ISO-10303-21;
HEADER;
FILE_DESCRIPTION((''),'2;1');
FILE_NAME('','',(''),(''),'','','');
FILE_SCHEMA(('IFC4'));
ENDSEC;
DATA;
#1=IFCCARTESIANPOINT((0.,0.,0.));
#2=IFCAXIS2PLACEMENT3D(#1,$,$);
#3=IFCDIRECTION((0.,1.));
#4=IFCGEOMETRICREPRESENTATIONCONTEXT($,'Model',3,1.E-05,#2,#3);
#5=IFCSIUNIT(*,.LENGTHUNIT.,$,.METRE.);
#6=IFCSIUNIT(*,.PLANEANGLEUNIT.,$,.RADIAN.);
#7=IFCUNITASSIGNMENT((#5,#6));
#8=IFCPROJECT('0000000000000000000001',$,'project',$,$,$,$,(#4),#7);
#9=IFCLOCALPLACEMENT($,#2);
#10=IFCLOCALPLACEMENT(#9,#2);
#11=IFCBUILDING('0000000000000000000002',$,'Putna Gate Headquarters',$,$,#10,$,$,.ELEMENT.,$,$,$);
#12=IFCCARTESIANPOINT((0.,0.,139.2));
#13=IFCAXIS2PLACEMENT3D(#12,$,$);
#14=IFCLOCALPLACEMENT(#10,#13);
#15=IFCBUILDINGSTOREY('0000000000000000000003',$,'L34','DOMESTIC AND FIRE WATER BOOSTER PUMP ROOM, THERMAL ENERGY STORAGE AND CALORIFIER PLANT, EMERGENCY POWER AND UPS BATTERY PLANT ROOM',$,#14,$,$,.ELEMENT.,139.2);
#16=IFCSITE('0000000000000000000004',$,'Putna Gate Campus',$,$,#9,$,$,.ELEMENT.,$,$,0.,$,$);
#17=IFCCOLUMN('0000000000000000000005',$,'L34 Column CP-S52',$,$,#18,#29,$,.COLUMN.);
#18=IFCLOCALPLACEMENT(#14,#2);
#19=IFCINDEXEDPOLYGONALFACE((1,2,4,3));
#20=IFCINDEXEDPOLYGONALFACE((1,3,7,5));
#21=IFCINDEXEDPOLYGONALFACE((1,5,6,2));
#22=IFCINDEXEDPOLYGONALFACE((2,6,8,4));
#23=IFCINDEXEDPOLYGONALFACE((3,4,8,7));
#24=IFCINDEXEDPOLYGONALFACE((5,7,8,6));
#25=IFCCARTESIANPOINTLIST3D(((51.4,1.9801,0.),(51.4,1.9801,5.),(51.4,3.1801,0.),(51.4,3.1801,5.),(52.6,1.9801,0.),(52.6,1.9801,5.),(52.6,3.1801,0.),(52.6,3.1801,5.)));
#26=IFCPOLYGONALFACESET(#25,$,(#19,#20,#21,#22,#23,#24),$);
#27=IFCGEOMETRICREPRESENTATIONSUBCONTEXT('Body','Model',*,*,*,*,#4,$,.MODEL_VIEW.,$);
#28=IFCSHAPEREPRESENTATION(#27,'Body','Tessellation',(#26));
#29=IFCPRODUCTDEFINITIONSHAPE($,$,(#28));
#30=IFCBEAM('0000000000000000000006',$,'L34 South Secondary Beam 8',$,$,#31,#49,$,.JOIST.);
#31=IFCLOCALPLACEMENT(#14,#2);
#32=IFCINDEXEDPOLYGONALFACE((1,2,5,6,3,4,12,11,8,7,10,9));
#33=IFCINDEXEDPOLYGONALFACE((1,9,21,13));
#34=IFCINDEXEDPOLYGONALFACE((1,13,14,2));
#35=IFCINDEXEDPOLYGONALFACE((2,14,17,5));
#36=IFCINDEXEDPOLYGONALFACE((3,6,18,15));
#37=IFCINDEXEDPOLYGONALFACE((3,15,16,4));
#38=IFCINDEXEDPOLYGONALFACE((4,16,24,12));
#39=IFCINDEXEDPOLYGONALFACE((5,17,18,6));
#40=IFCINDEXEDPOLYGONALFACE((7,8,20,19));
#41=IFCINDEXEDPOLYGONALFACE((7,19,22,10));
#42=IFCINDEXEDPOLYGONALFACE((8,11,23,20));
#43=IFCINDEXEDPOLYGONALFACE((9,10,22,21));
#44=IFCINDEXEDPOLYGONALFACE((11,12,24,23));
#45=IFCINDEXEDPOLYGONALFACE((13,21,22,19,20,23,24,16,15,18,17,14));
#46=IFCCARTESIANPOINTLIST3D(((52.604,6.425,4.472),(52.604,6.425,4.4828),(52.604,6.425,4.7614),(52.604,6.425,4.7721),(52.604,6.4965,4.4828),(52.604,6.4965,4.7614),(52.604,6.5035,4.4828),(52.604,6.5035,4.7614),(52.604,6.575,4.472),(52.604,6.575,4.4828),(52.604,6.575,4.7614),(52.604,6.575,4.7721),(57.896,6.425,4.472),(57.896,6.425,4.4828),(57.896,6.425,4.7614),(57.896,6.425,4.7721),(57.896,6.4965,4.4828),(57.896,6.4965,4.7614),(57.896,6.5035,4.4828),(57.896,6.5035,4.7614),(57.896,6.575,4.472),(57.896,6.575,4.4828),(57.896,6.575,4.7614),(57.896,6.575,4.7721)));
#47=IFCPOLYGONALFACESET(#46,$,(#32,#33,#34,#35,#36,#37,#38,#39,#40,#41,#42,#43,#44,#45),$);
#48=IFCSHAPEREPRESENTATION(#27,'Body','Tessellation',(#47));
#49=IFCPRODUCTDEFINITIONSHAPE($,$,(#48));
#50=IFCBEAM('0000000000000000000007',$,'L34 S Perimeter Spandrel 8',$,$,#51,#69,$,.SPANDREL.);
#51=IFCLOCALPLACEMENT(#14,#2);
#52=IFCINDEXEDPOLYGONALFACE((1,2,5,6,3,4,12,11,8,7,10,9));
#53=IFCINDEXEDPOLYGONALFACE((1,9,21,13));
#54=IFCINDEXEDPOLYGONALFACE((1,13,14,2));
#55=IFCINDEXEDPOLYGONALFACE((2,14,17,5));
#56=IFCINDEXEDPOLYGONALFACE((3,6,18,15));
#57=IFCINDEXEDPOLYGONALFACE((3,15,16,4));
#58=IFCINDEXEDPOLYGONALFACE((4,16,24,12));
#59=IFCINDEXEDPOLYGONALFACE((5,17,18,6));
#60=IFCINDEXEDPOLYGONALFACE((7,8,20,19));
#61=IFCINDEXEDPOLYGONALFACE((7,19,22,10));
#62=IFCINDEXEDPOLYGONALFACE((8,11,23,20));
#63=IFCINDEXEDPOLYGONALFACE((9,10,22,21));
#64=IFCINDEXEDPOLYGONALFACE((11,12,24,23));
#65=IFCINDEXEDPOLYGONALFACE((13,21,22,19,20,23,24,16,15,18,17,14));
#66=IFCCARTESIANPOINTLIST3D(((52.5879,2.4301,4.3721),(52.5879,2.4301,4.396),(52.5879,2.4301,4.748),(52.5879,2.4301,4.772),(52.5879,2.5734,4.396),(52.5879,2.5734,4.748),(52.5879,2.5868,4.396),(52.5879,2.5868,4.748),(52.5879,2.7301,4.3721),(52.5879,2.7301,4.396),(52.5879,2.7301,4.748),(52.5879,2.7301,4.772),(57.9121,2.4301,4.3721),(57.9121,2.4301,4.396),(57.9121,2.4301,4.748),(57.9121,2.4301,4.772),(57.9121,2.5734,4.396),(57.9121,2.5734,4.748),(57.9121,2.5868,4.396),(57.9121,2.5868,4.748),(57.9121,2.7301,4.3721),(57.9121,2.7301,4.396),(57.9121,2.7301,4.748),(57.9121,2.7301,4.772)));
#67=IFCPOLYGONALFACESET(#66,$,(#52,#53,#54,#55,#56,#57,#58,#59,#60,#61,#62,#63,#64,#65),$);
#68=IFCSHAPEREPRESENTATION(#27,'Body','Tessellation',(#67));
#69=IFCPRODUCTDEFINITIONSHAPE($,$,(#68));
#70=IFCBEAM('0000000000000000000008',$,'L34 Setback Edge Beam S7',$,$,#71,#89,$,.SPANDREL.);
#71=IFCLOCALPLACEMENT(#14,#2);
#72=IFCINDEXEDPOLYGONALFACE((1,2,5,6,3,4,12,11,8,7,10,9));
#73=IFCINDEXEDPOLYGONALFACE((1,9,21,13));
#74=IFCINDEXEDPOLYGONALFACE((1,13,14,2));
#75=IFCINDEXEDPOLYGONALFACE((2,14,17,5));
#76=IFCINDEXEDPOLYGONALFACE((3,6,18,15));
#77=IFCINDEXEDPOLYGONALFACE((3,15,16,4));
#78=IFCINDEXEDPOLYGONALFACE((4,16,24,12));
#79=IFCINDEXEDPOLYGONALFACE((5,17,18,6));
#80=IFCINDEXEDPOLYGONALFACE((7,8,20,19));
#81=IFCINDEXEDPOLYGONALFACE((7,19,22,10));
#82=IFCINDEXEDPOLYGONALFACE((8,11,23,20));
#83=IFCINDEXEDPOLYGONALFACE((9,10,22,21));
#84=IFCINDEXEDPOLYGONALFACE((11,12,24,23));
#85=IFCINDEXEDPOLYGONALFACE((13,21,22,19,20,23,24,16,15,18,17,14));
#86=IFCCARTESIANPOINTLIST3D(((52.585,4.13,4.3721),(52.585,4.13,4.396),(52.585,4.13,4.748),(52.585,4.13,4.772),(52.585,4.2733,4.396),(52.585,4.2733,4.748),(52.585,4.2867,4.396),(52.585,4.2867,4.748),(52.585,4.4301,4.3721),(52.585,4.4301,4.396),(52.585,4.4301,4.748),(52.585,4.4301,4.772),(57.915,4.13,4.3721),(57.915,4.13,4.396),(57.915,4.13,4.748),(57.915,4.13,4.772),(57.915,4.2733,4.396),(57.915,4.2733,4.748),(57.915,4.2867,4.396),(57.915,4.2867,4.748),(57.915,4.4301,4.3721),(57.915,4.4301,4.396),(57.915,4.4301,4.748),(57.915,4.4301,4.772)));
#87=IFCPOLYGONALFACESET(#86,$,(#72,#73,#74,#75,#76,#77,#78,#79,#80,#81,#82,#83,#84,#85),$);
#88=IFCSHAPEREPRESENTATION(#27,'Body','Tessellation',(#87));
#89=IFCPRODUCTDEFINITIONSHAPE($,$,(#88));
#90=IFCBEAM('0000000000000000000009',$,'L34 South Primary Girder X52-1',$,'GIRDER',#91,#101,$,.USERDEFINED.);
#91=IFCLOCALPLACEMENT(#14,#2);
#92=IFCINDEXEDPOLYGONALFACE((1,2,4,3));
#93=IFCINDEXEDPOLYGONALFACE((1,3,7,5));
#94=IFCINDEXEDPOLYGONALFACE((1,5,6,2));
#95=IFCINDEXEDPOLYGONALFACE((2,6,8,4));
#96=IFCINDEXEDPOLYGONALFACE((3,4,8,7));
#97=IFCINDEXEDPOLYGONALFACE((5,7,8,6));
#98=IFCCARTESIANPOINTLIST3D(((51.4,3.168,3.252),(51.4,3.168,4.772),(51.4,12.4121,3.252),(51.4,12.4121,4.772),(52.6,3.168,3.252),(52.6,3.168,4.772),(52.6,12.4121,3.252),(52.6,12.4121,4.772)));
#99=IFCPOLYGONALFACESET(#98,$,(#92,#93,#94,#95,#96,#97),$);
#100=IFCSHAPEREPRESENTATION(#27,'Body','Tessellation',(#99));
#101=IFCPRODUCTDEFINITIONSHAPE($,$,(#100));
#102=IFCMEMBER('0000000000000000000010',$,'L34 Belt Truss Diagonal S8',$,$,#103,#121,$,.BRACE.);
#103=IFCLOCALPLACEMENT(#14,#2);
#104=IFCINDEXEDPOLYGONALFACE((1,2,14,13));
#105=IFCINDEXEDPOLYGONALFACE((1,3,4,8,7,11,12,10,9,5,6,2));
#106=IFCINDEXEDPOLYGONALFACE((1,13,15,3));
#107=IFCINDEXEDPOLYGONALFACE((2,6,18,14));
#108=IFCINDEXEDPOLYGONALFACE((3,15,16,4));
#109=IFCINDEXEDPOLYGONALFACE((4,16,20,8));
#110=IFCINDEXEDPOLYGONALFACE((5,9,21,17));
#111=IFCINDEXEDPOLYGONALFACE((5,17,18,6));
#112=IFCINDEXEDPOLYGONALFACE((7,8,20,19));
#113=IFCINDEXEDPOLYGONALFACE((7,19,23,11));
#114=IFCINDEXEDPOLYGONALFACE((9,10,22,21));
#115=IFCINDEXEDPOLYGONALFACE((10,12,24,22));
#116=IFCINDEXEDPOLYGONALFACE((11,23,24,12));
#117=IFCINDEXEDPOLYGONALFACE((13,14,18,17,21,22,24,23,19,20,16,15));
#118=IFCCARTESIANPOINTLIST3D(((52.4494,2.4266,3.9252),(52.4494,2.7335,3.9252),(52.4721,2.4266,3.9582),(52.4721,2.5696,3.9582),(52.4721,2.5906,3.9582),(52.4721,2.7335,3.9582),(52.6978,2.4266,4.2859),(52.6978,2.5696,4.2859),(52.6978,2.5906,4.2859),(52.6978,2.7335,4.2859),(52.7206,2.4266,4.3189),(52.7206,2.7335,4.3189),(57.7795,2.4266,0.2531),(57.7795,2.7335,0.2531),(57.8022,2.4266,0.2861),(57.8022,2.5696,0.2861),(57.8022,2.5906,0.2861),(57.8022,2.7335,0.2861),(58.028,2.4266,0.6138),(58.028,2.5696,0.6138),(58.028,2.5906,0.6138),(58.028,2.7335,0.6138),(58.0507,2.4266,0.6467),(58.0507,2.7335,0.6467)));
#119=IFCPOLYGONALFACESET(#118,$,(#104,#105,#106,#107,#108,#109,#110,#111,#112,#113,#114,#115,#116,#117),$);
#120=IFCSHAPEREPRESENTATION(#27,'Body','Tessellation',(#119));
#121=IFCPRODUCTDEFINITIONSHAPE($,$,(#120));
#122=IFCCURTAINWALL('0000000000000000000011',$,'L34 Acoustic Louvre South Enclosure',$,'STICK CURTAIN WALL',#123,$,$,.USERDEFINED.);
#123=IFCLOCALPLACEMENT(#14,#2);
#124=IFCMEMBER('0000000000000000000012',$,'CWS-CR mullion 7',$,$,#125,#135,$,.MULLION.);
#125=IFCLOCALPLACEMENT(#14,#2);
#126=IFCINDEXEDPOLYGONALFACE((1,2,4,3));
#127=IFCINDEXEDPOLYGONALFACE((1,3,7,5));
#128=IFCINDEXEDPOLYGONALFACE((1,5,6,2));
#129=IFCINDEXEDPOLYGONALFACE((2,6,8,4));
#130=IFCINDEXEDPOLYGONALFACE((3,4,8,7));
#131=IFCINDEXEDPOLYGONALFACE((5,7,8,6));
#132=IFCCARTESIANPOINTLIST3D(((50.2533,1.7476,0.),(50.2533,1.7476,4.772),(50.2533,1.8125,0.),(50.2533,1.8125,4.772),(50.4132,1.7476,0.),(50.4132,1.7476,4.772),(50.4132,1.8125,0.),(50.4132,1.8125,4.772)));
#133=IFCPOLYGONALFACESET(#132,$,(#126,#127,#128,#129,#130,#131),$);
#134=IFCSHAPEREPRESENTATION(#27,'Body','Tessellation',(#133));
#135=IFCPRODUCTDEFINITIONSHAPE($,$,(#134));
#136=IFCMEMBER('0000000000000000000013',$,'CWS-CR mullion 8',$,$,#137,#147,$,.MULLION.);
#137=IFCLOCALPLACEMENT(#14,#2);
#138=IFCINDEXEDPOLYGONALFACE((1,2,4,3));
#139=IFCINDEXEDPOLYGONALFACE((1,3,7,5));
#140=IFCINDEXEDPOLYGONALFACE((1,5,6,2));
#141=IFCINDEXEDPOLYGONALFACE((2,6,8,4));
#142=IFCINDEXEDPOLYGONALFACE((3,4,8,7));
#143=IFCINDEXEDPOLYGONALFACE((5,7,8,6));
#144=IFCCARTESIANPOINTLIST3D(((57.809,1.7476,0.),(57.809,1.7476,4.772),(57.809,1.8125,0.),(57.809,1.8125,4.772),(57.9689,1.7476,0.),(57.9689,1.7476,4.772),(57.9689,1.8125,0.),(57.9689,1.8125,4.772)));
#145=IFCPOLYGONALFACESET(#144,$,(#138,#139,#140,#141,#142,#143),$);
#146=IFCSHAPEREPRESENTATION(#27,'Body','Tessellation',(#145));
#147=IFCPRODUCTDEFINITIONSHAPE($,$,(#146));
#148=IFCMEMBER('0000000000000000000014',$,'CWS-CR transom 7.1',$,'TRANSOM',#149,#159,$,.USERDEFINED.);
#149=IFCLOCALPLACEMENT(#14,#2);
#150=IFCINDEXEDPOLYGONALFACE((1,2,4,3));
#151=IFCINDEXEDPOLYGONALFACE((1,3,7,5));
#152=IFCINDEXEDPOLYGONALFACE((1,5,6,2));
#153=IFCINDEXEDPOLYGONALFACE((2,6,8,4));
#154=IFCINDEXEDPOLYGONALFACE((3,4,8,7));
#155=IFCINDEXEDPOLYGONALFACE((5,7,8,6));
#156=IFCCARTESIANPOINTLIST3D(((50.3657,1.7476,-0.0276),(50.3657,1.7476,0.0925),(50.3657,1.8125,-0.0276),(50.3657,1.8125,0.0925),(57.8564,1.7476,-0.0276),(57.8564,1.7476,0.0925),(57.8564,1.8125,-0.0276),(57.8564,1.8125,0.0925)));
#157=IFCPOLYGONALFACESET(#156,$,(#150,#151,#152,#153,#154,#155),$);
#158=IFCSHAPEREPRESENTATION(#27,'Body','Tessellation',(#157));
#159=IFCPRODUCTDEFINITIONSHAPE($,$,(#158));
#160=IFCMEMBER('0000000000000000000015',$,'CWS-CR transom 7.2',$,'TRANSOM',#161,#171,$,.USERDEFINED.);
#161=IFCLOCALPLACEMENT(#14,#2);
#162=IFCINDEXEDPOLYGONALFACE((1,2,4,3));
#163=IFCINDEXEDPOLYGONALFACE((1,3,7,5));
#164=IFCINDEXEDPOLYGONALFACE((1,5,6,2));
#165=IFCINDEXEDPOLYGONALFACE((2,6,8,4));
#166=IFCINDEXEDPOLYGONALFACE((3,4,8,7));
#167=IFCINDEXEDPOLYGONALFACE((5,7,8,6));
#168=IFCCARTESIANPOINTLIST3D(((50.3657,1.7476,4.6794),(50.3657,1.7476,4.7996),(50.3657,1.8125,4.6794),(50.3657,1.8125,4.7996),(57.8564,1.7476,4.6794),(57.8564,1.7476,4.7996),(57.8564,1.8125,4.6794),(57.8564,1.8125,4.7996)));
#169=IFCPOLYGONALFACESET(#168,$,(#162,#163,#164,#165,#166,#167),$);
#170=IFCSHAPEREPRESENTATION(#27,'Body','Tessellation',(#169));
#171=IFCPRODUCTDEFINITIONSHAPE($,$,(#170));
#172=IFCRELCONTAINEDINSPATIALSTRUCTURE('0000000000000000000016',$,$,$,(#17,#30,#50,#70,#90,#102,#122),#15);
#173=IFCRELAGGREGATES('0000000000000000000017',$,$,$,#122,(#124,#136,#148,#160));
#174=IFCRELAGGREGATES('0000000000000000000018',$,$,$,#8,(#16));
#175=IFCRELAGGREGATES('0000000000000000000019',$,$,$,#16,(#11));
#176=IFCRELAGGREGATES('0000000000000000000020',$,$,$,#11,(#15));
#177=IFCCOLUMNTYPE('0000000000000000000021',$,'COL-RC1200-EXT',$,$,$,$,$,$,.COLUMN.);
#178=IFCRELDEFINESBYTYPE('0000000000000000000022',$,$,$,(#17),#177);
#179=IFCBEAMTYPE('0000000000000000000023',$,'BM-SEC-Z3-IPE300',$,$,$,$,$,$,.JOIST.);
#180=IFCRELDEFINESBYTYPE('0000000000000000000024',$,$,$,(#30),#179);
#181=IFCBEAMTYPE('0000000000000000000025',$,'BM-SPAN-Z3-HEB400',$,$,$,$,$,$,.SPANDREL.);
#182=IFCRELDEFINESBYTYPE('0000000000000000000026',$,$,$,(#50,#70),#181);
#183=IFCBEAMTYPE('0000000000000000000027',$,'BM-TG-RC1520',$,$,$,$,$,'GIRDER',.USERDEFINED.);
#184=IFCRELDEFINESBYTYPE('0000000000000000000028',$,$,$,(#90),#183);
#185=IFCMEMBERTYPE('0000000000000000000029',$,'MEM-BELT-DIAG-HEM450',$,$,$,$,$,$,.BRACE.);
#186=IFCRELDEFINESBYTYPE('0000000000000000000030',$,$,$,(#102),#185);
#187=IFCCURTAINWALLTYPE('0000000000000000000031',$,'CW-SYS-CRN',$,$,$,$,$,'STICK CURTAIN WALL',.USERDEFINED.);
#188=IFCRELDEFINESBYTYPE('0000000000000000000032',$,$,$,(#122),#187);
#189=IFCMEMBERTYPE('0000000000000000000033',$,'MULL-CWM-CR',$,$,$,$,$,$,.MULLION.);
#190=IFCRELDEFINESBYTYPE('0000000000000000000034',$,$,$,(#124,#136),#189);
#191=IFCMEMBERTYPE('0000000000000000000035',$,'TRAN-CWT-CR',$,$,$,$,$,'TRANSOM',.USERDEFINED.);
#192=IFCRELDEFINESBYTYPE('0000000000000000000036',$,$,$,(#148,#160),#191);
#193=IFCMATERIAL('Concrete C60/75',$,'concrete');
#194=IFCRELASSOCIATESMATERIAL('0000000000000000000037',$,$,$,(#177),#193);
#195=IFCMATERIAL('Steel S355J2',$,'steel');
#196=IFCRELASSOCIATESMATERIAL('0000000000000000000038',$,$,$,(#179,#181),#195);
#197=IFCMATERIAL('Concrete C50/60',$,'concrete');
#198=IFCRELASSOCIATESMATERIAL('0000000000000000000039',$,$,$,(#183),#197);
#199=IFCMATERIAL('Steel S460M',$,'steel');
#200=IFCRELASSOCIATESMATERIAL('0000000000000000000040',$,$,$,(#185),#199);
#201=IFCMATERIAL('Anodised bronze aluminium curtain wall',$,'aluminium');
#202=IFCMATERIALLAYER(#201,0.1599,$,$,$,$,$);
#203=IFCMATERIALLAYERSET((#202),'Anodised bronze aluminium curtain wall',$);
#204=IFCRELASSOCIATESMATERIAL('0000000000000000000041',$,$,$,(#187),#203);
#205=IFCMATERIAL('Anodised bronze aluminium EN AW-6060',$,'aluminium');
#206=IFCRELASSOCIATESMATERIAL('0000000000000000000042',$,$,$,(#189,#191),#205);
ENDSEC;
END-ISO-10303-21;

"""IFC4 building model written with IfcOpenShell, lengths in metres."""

from ifc_helpers import new_model, si_unit, direction, frame, origin, origin_2d, place, context, subcontext, project, spatial, rectangle, i_section, extrude, material, layer, layer_set, material_profile, profile_set, type_object, element, aggregate, save


model = new_model("IFC4")

# Units and contexts
model_context = context("Model", 3, precision=1e-05, world=origin(), true_north=direction((0.0, 1.0)))
body_context = subcontext(model_context, "Body", "Model", "MODEL_VIEW")
ifc_project = project(units=[si_unit("LENGTHUNIT", "METRE"), si_unit("PLANEANGLEUNIT", "RADIAN")], contexts=[model_context])

# Site, building, storey
site_placement = place(None, origin())
site = spatial("IfcSite", under=ifc_project, at=site_placement, Name="Putna Gate Campus", CompositionType="ELEMENT", RefElevation=0.0)
building_placement = place(site_placement, origin())
building = spatial("IfcBuilding", under=site, at=building_placement, Name="Putna Gate Headquarters", CompositionType="ELEMENT")
storey_placement = place(building_placement, frame((0.0, 0.0, 139.2)))
storey = spatial("IfcBuildingStorey", under=building, at=storey_placement, Name="L34", Description="DOMESTIC AND FIRE WATER BOOSTER PUMP ROOM, THERMAL ENERGY STORAGE AND CALORIFIER PLANT, EMERGENCY POWER AND UPS BATTERY PLANT ROOM", CompositionType="ELEMENT", Elevation=139.2)

# Column
ifc_material_1 = material(Name="Concrete C60/75", Category="concrete")
ifc_material_profile_1 = material_profile(ifc_material_1, rectangle(XDim=1.2, YDim=1.2, at=origin_2d()), Name="Concrete C60/75")
ifc_profile_set_1 = profile_set([ifc_material_profile_1], Name="Concrete C60/75")
column_type = type_object("IfcColumnType", Name="COL-RC1200-EXT", PredefinedType="COLUMN", material=ifc_profile_set_1)
column_placement = place(storey_placement, frame((52.0, 2.5801, 0.0), z_axis=(0.0, 0.0, 1.0), x_axis=(1.0, 0.0, 0.0)))
element("IfcColumn", 1, at=column_placement, inside=storey, type_object=column_type, Name="L34 Column CP-S52", PredefinedType="COLUMN", context=body_context, shape_type="SweptSolid", body=[
    extrude(rectangle(XDim=1.2, YDim=1.2, at=origin_2d()), origin(), (0.0, 0.0, 1.0), 5.0),
])

# Beams
ifc_material_2 = material(Name="Steel S355J2", Category="steel")
ifc_material_profile_2 = material_profile(ifc_material_2, i_section(OverallWidth=0.1499, OverallDepth=0.3, WebThickness=0.0071, FlangeThickness=0.0107, at=origin_2d()), Name="Steel S355J2")
ifc_profile_set_2 = profile_set([ifc_material_profile_2], Name="Steel S355J2")
beam_type_1 = type_object("IfcBeamType", Name="BM-SEC-Z3-IPE300", PredefinedType="JOIST", material=ifc_profile_set_2)
beam_1_placement = place(storey_placement, frame((52.604, 6.5, 4.6221), z_axis=(1.0, 0.0, 0.0), x_axis=(0.0, 1.0, 0.0)))
element("IfcBeam", 2, at=beam_1_placement, inside=storey, type_object=beam_type_1, Name="L34 South Secondary Beam 8", PredefinedType="JOIST", context=body_context, shape_type="SweptSolid", body=[
    extrude(i_section(OverallWidth=0.1499, OverallDepth=0.3, WebThickness=0.0071, FlangeThickness=0.0107, at=origin_2d()), origin(), (0.0, 0.0, 1.0), 5.292),
])
ifc_material_profile_3 = material_profile(ifc_material_2, i_section(OverallWidth=0.3, OverallDepth=0.3999, WebThickness=0.0134, FlangeThickness=0.0239, at=origin_2d()), Name="Steel S355J2")
ifc_profile_set_3 = profile_set([ifc_material_profile_3], Name="Steel S355J2")
beam_type_2 = type_object("IfcBeamType", Name="BM-SPAN-Z3-HEB400", PredefinedType="SPANDREL", material=ifc_profile_set_3)
beam_2_placement = place(storey_placement, frame((52.5879, 2.5801, 4.572), z_axis=(1.0, 0.0, 0.0), x_axis=(0.0, 1.0, 0.0)))
element("IfcBeam", 3, at=beam_2_placement, inside=storey, type_object=beam_type_2, Name="L34 S Perimeter Spandrel 8", PredefinedType="SPANDREL", context=body_context, shape_type="SweptSolid", body=[
    extrude(i_section(OverallWidth=0.3, OverallDepth=0.3999, WebThickness=0.0134, FlangeThickness=0.0239, at=origin_2d()), origin(), (0.0, 0.0, 1.0), 5.3242),
])
beam_3_placement = place(storey_placement, frame((52.585, 4.28, 4.572), z_axis=(1.0, 0.0, 0.0), x_axis=(0.0, 1.0, 0.0)))
element("IfcBeam", 4, at=beam_3_placement, inside=storey, type_object=beam_type_2, Name="L34 Setback Edge Beam S7", PredefinedType="SPANDREL", context=body_context, shape_type="SweptSolid", body=[
    extrude(i_section(OverallWidth=0.3, OverallDepth=0.3999, WebThickness=0.0134, FlangeThickness=0.0239, at=origin_2d()), origin(), (0.0, 0.0, 1.0), 5.3301),
])
ifc_material_3 = material(Name="Concrete C50/60", Category="concrete")
ifc_material_profile_4 = material_profile(ifc_material_3, rectangle(XDim=1.2, YDim=1.52, at=origin_2d()), Name="Concrete C50/60")
ifc_profile_set_4 = profile_set([ifc_material_profile_4], Name="Concrete C50/60")
beam_type_3 = type_object("IfcBeamType", Name="BM-TG-RC1520", ElementType="GIRDER", PredefinedType="USERDEFINED", material=ifc_profile_set_4)
beam_4_placement = place(storey_placement, frame((52.0, 3.168, 4.012), z_axis=(0.0, 1.0, 0.0), x_axis=(-1.0, 0.0, 0.0)))
element("IfcBeam", 5, at=beam_4_placement, inside=storey, type_object=beam_type_3, Name="L34 South Primary Girder X52-1", ObjectType="GIRDER", PredefinedType="USERDEFINED", context=body_context, shape_type="SweptSolid", body=[
    extrude(rectangle(XDim=1.2, YDim=1.52, at=origin_2d()), origin(), (0.0, 0.0, 1.0), 9.2441),
])

# Member
ifc_material_4 = material(Name="Steel S460M", Category="steel")
ifc_material_profile_5 = material_profile(ifc_material_4, i_section(OverallWidth=0.3069, OverallDepth=0.478, WebThickness=0.021, FlangeThickness=0.04, at=origin_2d()), Name="Steel S460M")
ifc_profile_set_5 = profile_set([ifc_material_profile_5], Name="Steel S460M")
member_type_1 = type_object("IfcMemberType", Name="MEM-BELT-DIAG-HEM450", PredefinedType="BRACE", material=ifc_profile_set_5)
member_1_placement = place(storey_placement, frame((52.585, 2.5801, 4.1221), z_axis=(0.823487, 0.0, -0.567335), x_axis=(0.0, 1.0, 0.0)))
element("IfcMember", 6, at=member_1_placement, inside=storey, type_object=member_type_1, Name="L34 Belt Truss Diagonal S8", PredefinedType="BRACE", context=body_context, shape_type="SweptSolid", body=[
    extrude(i_section(OverallWidth=0.3069, OverallDepth=0.478, WebThickness=0.021, FlangeThickness=0.04, at=origin_2d()), origin(), (0.0, 0.0, 1.0), 6.4727),
])

# Curtain wall, members
ifc_material_5 = material(Name="Anodised bronze aluminium curtain wall", Category="aluminium")
ifc_layer_1 = layer(ifc_material_5, 0.1599)
ifc_layer_set_1 = layer_set([ifc_layer_1], Name="Anodised bronze aluminium curtain wall")
curtain_wall_type = type_object("IfcCurtainWallType", Name="CW-SYS-CRN", ElementType="STICK CURTAIN WALL", PredefinedType="USERDEFINED", material=ifc_layer_set_1)
curtain_wall_placement = place(storey_placement, origin())
curtain_wall = element("IfcCurtainWall", 7, at=curtain_wall_placement, inside=storey, type_object=curtain_wall_type, Name="L34 Acoustic Louvre South Enclosure", ObjectType="STICK CURTAIN WALL", PredefinedType="USERDEFINED")
ifc_material_6 = material(Name="Anodised bronze aluminium EN AW-6060", Category="aluminium")
ifc_material_profile_6 = material_profile(ifc_material_6, rectangle(XDim=0.0649, YDim=0.1599, at=origin_2d()), Name="Anodised bronze aluminium EN AW-6060")
ifc_profile_set_6 = profile_set([ifc_material_profile_6], Name="Anodised bronze aluminium EN AW-6060")
member_type_2 = type_object("IfcMemberType", Name="MULL-CWM-CR", PredefinedType="MULLION", material=ifc_profile_set_6)
member_2_placement = place(storey_placement, frame((50.3333, 1.78, 0.0), z_axis=(0.0, 0.0, 1.0), x_axis=(0.0, 1.0, 0.0)))
member_2 = element("IfcMember", 8, at=member_2_placement, type_object=member_type_2, Name="CWS-CR mullion 7", PredefinedType="MULLION", context=body_context, shape_type="SweptSolid", body=[
    extrude(rectangle(XDim=0.0649, YDim=0.1599, at=origin_2d()), origin(), (0.0, 0.0, 1.0), 4.772),
])
member_3_placement = place(storey_placement, frame((57.8889, 1.78, 0.0), z_axis=(0.0, 0.0, 1.0), x_axis=(0.0, 1.0, 0.0)))
member_3 = element("IfcMember", 9, at=member_3_placement, type_object=member_type_2, Name="CWS-CR mullion 8", PredefinedType="MULLION", context=body_context, shape_type="SweptSolid", body=[
    extrude(rectangle(XDim=0.0649, YDim=0.1599, at=origin_2d()), origin(), (0.0, 0.0, 1.0), 4.772),
])
ifc_material_profile_7 = material_profile(ifc_material_6, rectangle(XDim=0.0649, YDim=0.1201, at=origin_2d()), Name="Anodised bronze aluminium EN AW-6060")
ifc_profile_set_7 = profile_set([ifc_material_profile_7], Name="Anodised bronze aluminium EN AW-6060")
member_type_3 = type_object("IfcMemberType", Name="TRAN-CWT-CR", ElementType="TRANSOM", PredefinedType="USERDEFINED", material=ifc_profile_set_7)
member_4_placement = place(storey_placement, frame((50.3657, 1.78, 0.0325), z_axis=(1.0, 0.0, 0.0), x_axis=(0.0, 1.0, 0.0)))
member_4 = element("IfcMember", 10, at=member_4_placement, type_object=member_type_3, Name="CWS-CR transom 7.1", ObjectType="TRANSOM", PredefinedType="USERDEFINED", context=body_context, shape_type="SweptSolid", body=[
    extrude(rectangle(XDim=0.0649, YDim=0.1201, at=origin_2d()), origin(), (0.0, 0.0, 1.0), 7.4907),
])
member_5_placement = place(storey_placement, frame((50.3657, 1.78, 4.7395), z_axis=(1.0, 0.0, 0.0), x_axis=(0.0, 1.0, 0.0)))
member_5 = element("IfcMember", 11, at=member_5_placement, type_object=member_type_3, Name="CWS-CR transom 7.2", ObjectType="TRANSOM", PredefinedType="USERDEFINED", context=body_context, shape_type="SweptSolid", body=[
    extrude(rectangle(XDim=0.0649, YDim=0.1201, at=origin_2d()), origin(), (0.0, 0.0, 1.0), 7.4907),
])
aggregate(curtain_wall, [member_2, member_3, member_4, member_5])

save(model, "model.ifc")
